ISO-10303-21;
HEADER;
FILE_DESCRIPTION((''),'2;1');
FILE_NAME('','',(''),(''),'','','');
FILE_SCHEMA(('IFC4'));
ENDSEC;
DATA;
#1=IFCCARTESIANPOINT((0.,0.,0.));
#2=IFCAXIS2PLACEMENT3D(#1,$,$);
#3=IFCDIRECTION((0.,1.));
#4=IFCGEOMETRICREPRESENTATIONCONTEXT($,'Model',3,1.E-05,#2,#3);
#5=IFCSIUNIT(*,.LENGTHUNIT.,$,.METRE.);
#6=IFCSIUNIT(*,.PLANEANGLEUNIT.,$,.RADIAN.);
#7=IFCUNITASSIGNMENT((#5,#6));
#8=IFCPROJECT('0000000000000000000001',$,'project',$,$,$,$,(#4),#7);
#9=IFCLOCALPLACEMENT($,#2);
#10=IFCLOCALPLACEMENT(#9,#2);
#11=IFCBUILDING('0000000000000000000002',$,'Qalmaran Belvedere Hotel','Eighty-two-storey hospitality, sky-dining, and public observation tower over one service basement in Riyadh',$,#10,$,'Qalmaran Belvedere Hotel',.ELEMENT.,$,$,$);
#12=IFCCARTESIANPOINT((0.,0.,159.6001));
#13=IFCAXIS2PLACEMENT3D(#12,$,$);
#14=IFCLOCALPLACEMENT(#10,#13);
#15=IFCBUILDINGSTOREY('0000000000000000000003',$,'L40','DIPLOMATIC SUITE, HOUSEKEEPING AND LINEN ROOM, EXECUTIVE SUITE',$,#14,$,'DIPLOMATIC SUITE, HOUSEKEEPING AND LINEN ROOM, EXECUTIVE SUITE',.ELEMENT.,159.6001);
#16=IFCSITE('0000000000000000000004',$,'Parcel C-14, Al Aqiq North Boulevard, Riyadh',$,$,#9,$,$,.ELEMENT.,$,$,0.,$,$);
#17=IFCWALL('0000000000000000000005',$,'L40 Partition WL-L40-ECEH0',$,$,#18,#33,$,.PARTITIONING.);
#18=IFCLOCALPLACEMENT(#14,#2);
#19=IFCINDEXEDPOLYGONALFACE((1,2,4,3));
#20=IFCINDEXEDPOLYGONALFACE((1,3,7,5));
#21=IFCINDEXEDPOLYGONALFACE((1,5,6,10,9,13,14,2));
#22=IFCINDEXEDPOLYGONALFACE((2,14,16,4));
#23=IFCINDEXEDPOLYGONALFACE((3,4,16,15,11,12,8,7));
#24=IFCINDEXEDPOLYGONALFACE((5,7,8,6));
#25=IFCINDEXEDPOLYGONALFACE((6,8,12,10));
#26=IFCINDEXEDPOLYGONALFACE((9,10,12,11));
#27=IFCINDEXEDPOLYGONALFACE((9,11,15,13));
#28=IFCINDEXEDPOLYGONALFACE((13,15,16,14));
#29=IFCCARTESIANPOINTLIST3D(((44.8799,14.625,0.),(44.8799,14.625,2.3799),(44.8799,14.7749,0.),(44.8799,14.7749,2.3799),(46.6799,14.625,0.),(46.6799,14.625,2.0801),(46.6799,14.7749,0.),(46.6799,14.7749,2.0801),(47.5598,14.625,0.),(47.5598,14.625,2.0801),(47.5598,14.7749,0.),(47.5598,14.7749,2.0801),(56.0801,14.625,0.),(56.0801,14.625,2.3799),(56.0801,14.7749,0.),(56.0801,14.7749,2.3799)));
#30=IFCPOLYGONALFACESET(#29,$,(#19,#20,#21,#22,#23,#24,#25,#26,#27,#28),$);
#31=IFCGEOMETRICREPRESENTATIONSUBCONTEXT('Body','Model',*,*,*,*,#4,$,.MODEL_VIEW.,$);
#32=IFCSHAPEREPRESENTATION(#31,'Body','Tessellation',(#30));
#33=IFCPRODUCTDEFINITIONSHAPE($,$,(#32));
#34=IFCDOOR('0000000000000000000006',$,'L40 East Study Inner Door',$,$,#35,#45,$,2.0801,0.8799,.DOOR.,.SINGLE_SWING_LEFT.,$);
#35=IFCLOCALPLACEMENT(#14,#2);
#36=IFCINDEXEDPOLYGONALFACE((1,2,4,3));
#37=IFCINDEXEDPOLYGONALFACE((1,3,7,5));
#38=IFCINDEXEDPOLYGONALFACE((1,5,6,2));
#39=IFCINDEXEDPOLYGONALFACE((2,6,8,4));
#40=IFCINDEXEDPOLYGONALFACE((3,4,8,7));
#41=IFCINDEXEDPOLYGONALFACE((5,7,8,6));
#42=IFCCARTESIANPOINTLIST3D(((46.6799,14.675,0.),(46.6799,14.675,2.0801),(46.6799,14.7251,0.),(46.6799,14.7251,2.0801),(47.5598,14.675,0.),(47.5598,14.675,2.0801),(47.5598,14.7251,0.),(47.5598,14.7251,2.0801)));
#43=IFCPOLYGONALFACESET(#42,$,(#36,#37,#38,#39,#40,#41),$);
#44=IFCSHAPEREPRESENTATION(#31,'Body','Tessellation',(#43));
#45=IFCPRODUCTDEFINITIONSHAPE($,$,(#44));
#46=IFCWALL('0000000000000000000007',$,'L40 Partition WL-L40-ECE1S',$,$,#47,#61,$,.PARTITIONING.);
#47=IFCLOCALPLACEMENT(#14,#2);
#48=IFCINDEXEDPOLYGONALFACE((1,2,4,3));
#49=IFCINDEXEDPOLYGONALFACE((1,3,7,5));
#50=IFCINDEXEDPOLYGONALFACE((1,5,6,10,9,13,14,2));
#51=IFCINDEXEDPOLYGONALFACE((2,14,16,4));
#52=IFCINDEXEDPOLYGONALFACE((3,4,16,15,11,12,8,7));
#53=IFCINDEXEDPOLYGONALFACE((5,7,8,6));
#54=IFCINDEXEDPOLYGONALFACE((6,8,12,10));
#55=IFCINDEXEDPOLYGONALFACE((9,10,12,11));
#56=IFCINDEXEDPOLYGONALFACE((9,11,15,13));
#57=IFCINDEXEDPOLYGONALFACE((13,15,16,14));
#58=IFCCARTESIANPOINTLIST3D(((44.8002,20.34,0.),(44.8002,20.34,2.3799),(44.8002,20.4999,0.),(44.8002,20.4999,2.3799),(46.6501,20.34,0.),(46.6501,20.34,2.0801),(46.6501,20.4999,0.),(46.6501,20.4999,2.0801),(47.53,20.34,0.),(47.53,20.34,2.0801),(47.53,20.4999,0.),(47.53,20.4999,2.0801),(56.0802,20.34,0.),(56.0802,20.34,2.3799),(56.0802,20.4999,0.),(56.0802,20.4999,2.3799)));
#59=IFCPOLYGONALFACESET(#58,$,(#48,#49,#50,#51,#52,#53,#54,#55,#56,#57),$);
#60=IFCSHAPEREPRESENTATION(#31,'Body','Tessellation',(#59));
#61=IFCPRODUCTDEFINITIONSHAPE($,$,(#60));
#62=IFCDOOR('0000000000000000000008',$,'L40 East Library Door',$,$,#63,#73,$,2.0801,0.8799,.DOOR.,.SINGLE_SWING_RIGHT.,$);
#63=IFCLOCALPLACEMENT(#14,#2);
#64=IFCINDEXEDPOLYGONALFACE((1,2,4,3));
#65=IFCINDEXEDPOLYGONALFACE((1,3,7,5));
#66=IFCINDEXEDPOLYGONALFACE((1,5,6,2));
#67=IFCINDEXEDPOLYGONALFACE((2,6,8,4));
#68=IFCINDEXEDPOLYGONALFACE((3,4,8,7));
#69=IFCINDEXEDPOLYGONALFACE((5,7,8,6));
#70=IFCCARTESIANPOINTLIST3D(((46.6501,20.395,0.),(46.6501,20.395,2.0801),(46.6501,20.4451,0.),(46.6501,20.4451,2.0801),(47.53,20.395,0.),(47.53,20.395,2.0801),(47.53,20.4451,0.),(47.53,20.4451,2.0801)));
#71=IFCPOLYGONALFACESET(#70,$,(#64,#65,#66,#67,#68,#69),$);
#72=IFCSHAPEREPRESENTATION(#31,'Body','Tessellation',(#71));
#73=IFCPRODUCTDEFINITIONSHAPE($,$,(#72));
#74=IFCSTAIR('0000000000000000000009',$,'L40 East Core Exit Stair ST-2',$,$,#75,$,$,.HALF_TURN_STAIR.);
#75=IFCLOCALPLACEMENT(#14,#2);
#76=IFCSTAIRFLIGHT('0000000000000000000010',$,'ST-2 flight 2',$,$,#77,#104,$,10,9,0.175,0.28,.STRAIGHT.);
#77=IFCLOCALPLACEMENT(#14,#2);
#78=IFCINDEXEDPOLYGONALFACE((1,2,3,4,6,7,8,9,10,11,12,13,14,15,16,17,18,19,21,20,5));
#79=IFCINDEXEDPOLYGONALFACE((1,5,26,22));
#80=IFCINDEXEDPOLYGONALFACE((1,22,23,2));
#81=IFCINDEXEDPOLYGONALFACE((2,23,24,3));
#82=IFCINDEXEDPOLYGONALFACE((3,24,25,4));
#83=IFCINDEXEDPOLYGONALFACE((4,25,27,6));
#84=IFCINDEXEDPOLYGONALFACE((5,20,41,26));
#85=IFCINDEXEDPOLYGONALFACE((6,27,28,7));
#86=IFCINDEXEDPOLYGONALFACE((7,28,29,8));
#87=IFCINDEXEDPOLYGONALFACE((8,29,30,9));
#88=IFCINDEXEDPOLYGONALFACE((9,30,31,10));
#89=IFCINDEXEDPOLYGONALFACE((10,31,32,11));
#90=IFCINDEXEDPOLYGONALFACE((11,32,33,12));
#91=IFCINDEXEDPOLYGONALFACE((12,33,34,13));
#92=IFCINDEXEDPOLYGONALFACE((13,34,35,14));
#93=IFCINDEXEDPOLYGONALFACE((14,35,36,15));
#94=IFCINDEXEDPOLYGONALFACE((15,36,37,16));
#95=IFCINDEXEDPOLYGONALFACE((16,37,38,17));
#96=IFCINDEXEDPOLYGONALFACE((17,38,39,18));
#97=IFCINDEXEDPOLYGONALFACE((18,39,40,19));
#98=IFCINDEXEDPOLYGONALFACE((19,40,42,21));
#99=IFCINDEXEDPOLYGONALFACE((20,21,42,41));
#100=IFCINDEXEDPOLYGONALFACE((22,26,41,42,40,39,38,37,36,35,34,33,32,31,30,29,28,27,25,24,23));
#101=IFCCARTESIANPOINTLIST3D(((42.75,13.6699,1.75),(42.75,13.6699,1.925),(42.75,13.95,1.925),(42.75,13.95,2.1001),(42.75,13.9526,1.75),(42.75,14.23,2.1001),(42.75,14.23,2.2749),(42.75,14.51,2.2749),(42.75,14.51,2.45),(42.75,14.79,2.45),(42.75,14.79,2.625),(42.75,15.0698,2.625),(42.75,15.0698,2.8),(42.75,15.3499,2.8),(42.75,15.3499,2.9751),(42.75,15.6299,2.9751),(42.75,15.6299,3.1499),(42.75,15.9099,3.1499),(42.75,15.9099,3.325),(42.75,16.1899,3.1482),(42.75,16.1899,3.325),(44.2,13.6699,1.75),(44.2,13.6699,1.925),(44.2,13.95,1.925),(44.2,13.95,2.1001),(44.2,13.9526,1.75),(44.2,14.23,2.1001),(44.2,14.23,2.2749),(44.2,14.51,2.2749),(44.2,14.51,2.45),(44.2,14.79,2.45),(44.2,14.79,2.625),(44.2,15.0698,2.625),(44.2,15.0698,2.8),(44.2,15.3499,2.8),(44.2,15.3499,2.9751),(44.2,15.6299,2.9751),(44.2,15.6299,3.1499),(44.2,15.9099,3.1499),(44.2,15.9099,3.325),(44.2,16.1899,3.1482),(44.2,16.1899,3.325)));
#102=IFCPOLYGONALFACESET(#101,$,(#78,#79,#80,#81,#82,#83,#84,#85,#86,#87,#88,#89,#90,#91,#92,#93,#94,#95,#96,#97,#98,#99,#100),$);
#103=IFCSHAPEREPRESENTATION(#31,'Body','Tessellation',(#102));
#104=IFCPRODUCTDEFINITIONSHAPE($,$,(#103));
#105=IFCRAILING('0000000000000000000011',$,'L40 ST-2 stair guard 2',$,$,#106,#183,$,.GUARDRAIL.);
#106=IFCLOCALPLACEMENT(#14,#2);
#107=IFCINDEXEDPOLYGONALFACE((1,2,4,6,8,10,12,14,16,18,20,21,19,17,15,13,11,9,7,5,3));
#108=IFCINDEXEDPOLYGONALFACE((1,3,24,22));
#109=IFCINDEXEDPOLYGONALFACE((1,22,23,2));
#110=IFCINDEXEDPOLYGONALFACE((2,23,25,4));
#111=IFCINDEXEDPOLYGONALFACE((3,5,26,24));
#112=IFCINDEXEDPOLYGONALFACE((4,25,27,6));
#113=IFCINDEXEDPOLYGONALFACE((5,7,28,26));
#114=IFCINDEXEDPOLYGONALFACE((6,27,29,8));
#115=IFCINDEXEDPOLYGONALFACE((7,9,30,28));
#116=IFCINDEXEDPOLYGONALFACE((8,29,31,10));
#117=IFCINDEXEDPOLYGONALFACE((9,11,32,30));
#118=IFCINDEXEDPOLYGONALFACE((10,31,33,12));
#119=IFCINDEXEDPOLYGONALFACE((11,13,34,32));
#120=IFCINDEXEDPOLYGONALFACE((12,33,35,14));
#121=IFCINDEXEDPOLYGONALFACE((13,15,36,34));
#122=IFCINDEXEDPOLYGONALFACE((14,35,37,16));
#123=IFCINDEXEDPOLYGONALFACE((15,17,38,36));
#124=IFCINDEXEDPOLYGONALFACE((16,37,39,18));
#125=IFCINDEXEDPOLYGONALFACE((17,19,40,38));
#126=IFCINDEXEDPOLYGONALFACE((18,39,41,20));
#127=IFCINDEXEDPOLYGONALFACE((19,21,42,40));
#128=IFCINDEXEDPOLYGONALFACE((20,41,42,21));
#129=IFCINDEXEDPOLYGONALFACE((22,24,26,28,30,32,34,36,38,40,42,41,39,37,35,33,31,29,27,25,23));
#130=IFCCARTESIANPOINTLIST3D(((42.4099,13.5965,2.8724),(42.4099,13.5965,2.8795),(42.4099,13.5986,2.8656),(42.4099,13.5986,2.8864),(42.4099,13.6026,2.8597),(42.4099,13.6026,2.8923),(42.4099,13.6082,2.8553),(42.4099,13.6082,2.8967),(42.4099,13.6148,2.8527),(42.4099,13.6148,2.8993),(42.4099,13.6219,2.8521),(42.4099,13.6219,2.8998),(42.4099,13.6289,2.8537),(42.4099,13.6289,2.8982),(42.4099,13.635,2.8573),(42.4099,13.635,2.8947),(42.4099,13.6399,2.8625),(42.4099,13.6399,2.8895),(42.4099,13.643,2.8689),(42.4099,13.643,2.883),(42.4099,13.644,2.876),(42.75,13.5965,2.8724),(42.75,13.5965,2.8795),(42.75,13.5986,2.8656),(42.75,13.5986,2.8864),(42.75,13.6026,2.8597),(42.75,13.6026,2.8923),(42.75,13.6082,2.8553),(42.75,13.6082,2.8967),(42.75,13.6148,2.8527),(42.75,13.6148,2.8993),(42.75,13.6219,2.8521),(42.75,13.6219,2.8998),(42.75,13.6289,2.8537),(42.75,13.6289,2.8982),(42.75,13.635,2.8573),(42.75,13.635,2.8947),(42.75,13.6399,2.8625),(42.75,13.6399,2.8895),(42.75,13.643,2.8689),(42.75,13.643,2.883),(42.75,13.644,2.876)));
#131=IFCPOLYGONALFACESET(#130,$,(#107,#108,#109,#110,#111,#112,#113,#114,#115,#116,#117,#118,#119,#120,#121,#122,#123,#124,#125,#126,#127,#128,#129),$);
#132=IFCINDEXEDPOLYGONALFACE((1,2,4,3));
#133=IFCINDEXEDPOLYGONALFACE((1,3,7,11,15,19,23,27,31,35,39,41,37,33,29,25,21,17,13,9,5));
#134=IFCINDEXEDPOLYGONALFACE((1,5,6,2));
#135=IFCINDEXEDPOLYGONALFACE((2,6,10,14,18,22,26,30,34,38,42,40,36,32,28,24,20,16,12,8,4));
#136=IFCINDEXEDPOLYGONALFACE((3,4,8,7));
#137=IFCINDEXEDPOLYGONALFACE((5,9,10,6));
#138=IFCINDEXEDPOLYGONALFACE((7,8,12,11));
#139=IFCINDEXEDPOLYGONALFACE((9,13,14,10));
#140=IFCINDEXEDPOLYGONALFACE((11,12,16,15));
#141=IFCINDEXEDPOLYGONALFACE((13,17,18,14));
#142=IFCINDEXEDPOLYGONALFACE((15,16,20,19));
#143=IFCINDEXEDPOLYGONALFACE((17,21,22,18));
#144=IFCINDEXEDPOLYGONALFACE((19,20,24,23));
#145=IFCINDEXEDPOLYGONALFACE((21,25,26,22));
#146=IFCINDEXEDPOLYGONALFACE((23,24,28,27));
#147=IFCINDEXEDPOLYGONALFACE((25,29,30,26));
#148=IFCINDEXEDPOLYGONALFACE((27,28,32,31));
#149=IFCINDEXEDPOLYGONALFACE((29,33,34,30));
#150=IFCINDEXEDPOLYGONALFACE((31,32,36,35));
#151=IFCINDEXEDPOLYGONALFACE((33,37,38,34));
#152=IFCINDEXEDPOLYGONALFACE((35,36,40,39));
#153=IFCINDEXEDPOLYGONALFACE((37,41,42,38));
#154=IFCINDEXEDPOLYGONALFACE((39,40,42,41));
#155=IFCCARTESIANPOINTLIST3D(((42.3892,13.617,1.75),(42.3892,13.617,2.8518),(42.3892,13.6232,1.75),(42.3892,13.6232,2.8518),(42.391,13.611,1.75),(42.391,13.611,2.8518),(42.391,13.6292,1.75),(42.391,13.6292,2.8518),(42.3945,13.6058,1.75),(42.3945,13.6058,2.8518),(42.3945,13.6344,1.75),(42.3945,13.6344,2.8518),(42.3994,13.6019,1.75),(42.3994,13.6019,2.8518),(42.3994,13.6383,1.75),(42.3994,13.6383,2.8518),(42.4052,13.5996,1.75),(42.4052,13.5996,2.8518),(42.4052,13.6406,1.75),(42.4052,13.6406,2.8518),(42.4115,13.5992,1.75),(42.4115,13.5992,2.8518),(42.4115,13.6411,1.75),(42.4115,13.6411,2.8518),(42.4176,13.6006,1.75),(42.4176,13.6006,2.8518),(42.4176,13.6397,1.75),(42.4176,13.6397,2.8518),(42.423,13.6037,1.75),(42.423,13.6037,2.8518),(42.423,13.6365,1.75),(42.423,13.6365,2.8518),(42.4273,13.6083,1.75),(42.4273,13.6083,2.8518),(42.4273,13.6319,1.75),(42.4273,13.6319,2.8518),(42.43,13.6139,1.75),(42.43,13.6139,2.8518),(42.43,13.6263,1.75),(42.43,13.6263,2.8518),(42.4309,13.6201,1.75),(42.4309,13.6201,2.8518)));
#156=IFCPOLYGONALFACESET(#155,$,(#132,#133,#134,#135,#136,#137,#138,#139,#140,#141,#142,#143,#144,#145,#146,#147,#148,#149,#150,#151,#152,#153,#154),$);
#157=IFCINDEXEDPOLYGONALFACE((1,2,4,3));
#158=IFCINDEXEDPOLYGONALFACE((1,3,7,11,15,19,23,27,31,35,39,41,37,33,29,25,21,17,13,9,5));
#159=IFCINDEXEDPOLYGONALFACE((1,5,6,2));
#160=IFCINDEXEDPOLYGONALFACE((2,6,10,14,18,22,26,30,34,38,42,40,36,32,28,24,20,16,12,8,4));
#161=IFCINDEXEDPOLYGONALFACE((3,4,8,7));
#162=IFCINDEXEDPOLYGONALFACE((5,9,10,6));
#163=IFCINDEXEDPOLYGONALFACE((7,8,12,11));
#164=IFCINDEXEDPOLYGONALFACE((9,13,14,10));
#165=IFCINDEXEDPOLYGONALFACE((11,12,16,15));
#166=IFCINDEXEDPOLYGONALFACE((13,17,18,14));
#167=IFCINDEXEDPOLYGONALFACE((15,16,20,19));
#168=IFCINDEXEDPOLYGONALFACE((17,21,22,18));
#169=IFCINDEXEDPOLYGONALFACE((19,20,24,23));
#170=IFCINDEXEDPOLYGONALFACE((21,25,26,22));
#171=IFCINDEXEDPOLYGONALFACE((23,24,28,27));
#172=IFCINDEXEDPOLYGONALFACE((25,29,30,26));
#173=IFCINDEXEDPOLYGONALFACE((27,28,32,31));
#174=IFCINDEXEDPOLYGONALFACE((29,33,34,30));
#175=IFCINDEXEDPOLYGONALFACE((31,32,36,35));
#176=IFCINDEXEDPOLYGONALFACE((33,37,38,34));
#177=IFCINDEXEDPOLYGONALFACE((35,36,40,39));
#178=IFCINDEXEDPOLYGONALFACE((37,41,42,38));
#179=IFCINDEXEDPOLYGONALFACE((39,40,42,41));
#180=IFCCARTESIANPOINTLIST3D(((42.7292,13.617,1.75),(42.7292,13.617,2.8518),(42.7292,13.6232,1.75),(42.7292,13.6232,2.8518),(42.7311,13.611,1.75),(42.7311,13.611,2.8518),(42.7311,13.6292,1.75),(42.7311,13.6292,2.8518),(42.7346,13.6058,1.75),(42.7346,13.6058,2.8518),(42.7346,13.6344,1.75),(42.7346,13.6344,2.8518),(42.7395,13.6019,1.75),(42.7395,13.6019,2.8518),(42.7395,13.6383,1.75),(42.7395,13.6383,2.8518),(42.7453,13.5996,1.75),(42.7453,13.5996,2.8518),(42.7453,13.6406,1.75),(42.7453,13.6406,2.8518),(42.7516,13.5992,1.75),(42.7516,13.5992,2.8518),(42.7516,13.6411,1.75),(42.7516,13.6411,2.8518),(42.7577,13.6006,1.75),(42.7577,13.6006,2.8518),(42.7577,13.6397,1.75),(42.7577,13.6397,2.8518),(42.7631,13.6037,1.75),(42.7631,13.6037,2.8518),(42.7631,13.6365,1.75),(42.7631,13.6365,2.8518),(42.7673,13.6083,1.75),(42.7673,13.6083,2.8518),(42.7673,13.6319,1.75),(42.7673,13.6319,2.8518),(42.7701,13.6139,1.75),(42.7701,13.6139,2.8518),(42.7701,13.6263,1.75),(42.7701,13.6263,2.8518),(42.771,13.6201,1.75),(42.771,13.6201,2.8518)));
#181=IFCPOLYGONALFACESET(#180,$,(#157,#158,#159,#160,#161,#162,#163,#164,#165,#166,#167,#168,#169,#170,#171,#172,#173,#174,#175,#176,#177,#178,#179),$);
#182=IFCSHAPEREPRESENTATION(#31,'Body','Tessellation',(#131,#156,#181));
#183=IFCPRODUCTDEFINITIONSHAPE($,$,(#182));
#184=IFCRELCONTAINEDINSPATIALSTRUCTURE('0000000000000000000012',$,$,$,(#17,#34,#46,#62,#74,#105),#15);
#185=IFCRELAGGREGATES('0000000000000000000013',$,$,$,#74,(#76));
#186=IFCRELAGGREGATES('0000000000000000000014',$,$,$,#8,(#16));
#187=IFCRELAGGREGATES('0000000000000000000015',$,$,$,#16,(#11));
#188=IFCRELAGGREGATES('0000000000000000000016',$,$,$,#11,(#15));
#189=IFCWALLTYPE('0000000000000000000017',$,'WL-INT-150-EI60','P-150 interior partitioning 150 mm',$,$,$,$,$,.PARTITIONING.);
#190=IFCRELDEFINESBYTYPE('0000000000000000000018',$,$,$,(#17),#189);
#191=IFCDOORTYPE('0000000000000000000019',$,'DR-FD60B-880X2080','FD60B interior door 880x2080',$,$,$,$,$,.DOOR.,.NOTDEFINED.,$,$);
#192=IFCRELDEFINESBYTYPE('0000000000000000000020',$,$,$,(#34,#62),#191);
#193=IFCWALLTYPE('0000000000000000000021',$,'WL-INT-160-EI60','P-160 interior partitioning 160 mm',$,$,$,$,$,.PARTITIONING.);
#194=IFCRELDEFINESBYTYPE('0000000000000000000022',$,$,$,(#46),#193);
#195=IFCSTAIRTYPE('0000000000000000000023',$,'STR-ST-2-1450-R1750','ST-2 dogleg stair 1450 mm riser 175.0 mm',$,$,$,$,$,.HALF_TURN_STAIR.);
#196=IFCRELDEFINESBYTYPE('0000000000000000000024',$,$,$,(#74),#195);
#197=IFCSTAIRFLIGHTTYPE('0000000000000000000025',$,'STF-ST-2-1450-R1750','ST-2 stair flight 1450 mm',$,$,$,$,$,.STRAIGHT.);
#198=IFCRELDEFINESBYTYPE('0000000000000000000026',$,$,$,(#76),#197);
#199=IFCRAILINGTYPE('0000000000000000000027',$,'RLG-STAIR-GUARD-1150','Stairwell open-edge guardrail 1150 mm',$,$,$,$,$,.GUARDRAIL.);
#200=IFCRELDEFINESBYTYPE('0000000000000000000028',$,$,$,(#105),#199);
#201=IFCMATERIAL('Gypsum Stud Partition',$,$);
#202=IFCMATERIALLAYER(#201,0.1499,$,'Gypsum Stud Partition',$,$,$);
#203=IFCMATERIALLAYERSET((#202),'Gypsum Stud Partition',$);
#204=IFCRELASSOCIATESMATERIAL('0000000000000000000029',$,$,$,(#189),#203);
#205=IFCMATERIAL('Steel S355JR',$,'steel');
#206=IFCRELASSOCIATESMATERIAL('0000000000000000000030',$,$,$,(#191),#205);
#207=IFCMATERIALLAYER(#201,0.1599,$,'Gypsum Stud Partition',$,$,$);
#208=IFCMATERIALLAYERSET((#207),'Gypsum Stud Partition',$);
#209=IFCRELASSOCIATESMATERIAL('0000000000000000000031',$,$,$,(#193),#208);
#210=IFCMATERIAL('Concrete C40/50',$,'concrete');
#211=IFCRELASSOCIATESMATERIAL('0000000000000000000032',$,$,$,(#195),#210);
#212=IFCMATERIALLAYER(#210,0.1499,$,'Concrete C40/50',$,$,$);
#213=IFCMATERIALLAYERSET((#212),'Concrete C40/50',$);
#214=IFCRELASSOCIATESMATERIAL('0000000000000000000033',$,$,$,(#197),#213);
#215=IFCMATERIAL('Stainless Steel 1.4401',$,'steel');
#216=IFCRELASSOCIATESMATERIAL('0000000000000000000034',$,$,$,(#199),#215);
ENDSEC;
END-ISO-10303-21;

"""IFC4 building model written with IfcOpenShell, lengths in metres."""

from ifc_helpers import new_model, si_unit, direction, frame, frame_2d, origin, origin_2d, place, context, subcontext, project, spatial, polyline, rectangle, circle, outline, extrude, material, layer, layer_set, type_object, element, fill, aggregate, save


model = new_model("IFC4")

# Units and contexts
model_context = context("Model", 3, precision=1e-05, world=origin(), true_north=direction((0.0, 1.0)))
body_context = subcontext(model_context, "Body", "Model", "MODEL_VIEW")
ifc_project = project(units=[si_unit("LENGTHUNIT", "METRE"), si_unit("PLANEANGLEUNIT", "RADIAN")], contexts=[model_context])

# Site, building, storey
site_placement = place(None, origin())
site = spatial("IfcSite", under=ifc_project, at=site_placement, Name="Parcel C-14, Al Aqiq North Boulevard, Riyadh", CompositionType="ELEMENT", RefElevation=0.0)
building_placement = place(site_placement, origin())
building = spatial("IfcBuilding", under=site, at=building_placement, Name="Qalmaran Belvedere Hotel", Description="Eighty-two-storey hospitality, sky-dining, and public observation tower over one service basement in Riyadh", LongName="Qalmaran Belvedere Hotel", CompositionType="ELEMENT")
storey_placement = place(building_placement, frame((0.0, 0.0, 159.6001)))
storey = spatial("IfcBuildingStorey", under=building, at=storey_placement, Name="L40", Description="DIPLOMATIC SUITE, HOUSEKEEPING AND LINEN ROOM, EXECUTIVE SUITE", LongName="DIPLOMATIC SUITE, HOUSEKEEPING AND LINEN ROOM, EXECUTIVE SUITE", CompositionType="ELEMENT", Elevation=159.6001)

# Shared definitions
ifc_material_1 = material(Name="Steel S355JR", Category="steel")

# Walls, openings, doors
ifc_material_2 = material(Name="Gypsum Stud Partition")
ifc_layer_1 = layer(ifc_material_2, 0.1499, Name="Gypsum Stud Partition")
ifc_layer_set_1 = layer_set([ifc_layer_1], Name="Gypsum Stud Partition")
wall_type_1 = type_object("IfcWallType", Name="WL-INT-150-EI60", Description="P-150 interior partitioning 150 mm", PredefinedType="PARTITIONING", material=ifc_layer_set_1)
wall_1_placement = place(storey_placement, frame((44.8799, 14.7, 0.0), z_axis=(0.0, 0.0, 1.0), x_axis=(1.0, 0.0, 0.0)))
wall_1 = element("IfcWall", 1, at=wall_1_placement, inside=storey, type_object=wall_type_1, Name="L40 Partition WL-L40-ECEH0", PredefinedType="PARTITIONING", context=body_context, shape_type="SweptSolid", body=[
    extrude(rectangle(XDim=11.2002, YDim=0.1499, at=frame_2d((5.6001, 0.0))), origin(), (0.0, 0.0, 1.0), 2.3799),
])
opening_1_placement = place(wall_1_placement, frame((2.6799, 0.0, 0.0), z_axis=(0.0, 0.0, 1.0), x_axis=(-1.0, 0.0, 0.0)))
opening_1 = element("IfcOpeningElement", 2, at=opening_1_placement, cuts=wall_1, PredefinedType="OPENING", context=body_context, shape_type="SweptSolid", body=[
    extrude(rectangle(XDim=0.8799, YDim=2.0801, at=frame_2d((0.4399, 1.04))), frame((0.0, 0.085, 0.0), z_axis=(0.0, -1.0, 0.0), x_axis=(1.0, 0.0, 0.0)), (0.0, 0.0, 1.0), 0.1699),
])
door_type = type_object("IfcDoorType", Name="DR-FD60B-880X2080", Description="FD60B interior door 880x2080", OperationType="NOTDEFINED", PredefinedType="DOOR", material=ifc_material_1)
door_1_placement = place(opening_1_placement, origin())
door_1 = element("IfcDoor", 3, at=door_1_placement, inside=storey, type_object=door_type, Name="L40 East Study Inner Door", OperationType="SINGLE_SWING_LEFT", OverallHeight=2.0801, OverallWidth=0.8799, PredefinedType="DOOR", context=body_context, shape_type="SweptSolid", body=[
    extrude(rectangle(XDim=0.8799, YDim=2.0801, at=frame_2d((0.4399, 1.04))), frame((0.0, 0.0249, 0.0), z_axis=(0.0, -1.0, 0.0), x_axis=(1.0, 0.0, 0.0)), (0.0, 0.0, 1.0), 0.05),
])
fill(opening_1, door_1)
ifc_layer_2 = layer(ifc_material_2, 0.1599, Name="Gypsum Stud Partition")
ifc_layer_set_2 = layer_set([ifc_layer_2], Name="Gypsum Stud Partition")
wall_type_2 = type_object("IfcWallType", Name="WL-INT-160-EI60", Description="P-160 interior partitioning 160 mm", PredefinedType="PARTITIONING", material=ifc_layer_set_2)
wall_2_placement = place(storey_placement, frame((44.8, 20.4199, 0.0), z_axis=(0.0, 0.0, 1.0), x_axis=(1.0, 0.0, 0.0)))
wall_2 = element("IfcWall", 4, at=wall_2_placement, inside=storey, type_object=wall_type_2, Name="L40 Partition WL-L40-ECE1S", PredefinedType="PARTITIONING", context=body_context, shape_type="SweptSolid", body=[
    extrude(rectangle(XDim=11.28, YDim=0.1599, at=frame_2d((5.6401, 0.0))), origin(), (0.0, 0.0, 1.0), 2.3799),
])
opening_2_placement = place(wall_2_placement, frame((2.73, 0.0, 0.0), z_axis=(0.0, 0.0, 1.0), x_axis=(-1.0, 0.0, 0.0)))
opening_2 = element("IfcOpeningElement", 5, at=opening_2_placement, cuts=wall_2, PredefinedType="OPENING", context=body_context, shape_type="SweptSolid", body=[
    extrude(rectangle(XDim=0.8799, YDim=2.0801, at=frame_2d((0.4399, 1.04))), frame((0.0, 0.0898, 0.0), z_axis=(0.0, -1.0, 0.0), x_axis=(1.0, 0.0, 0.0)), (0.0, 0.0, 1.0), 0.1799),
])
door_2_placement = place(opening_2_placement, origin())
door_2 = element("IfcDoor", 6, at=door_2_placement, inside=storey, type_object=door_type, Name="L40 East Library Door", OperationType="SINGLE_SWING_RIGHT", OverallHeight=2.0801, OverallWidth=0.8799, PredefinedType="DOOR", context=body_context, shape_type="SweptSolid", body=[
    extrude(rectangle(XDim=0.8799, YDim=2.0801, at=frame_2d((0.4399, 1.04))), frame((0.0, 0.0249, 0.0), z_axis=(0.0, -1.0, 0.0), x_axis=(1.0, 0.0, 0.0)), (0.0, 0.0, 1.0), 0.05),
])
fill(opening_2, door_2)

# Stair, stair flight
ifc_material_3 = material(Name="Concrete C40/50", Category="concrete")
stair_type = type_object("IfcStairType", Name="STR-ST-2-1450-R1750", Description="ST-2 dogleg stair 1450 mm riser 175.0 mm", PredefinedType="HALF_TURN_STAIR", material=ifc_material_3)
stair_placement = place(storey_placement, origin())
stair = element("IfcStair", 7, at=stair_placement, inside=storey, type_object=stair_type, Name="L40 East Core Exit Stair ST-2", PredefinedType="HALF_TURN_STAIR")
ifc_layer_3 = layer(ifc_material_3, 0.1499, Name="Concrete C40/50")
ifc_layer_set_3 = layer_set([ifc_layer_3], Name="Concrete C40/50")
stair_flight_type = type_object("IfcStairFlightType", Name="STF-ST-2-1450-R1750", Description="ST-2 stair flight 1450 mm", PredefinedType="STRAIGHT", material=ifc_layer_set_3)
stair_flight_placement = place(storey_placement, frame((43.4751, 13.6699, 1.75), z_axis=(0.0, 0.0, 1.0), x_axis=(0.0, 1.0, 0.0)))
stair_flight = element("IfcStairFlight", 8, at=stair_flight_placement, type_object=stair_flight_type, Name="ST-2 flight 2", NumberOfRisers=10, NumberOfTreads=9, PredefinedType="STRAIGHT", RiserHeight=0.175, TreadLength=0.28, context=body_context, shape_type="SweptSolid", body=[
    extrude(outline(polyline([(0.0, 0.0), (0.0, 0.175), (0.28, 0.175), (0.28, 0.3501), (0.5601, 0.3501), (0.5601, 0.5249), (0.8401, 0.5249), (0.8401, 0.7), (1.1201, 0.7), (1.1201, 0.875), (1.3999, 0.875), (1.3999, 1.05), (1.6799, 1.05), (1.6799, 1.2251), (1.96, 1.2251), (1.96, 1.3999), (2.24, 1.3999), (2.24, 1.575), (2.52, 1.575), (2.52, 1.75), (2.52, 1.3982), (0.2827, 0.0), (0.0, 0.0)])), frame((0.0, 0.7251, 0.0), z_axis=(0.0, -1.0, 0.0), x_axis=(1.0, 0.0, 0.0)), (0.0, 0.0, 1.0), 1.45),
])
aggregate(stair, [stair_flight])

# Railing
ifc_material_4 = material(Name="Stainless Steel 1.4401", Category="steel")
railing_type_1 = type_object("IfcRailingType", Name="RLG-STAIR-GUARD-1150", Description="Stairwell open-edge guardrail 1150 mm", PredefinedType="GUARDRAIL", material=ifc_material_4)
railing_1_placement = place(storey_placement, frame((42.4099, 13.6201, 1.75)))
element("IfcRailing", 9, at=railing_1_placement, inside=storey, type_object=railing_type_1, Name="L40 ST-2 stair guard 2", PredefinedType="GUARDRAIL", context=body_context, shape_type="SweptSolid", body=[
    extrude(circle(Radius=0.0239, at=origin_2d()), frame((0.0, 0.0, 1.126), z_axis=(1.0, 0.0, 0.0), x_axis=(0.0, 1.0, 0.0)), (0.0, 0.0, 1.0), 0.3401),
    extrude(circle(Radius=0.021, at=origin_2d()), origin(), (0.0, 0.0, 1.0), 1.1018),
    extrude(circle(Radius=0.021, at=origin_2d()), frame((0.3401, 0.0, 0.0)), (0.0, 0.0, 1.0), 1.1018),
])

save(model, "model.ifc")
